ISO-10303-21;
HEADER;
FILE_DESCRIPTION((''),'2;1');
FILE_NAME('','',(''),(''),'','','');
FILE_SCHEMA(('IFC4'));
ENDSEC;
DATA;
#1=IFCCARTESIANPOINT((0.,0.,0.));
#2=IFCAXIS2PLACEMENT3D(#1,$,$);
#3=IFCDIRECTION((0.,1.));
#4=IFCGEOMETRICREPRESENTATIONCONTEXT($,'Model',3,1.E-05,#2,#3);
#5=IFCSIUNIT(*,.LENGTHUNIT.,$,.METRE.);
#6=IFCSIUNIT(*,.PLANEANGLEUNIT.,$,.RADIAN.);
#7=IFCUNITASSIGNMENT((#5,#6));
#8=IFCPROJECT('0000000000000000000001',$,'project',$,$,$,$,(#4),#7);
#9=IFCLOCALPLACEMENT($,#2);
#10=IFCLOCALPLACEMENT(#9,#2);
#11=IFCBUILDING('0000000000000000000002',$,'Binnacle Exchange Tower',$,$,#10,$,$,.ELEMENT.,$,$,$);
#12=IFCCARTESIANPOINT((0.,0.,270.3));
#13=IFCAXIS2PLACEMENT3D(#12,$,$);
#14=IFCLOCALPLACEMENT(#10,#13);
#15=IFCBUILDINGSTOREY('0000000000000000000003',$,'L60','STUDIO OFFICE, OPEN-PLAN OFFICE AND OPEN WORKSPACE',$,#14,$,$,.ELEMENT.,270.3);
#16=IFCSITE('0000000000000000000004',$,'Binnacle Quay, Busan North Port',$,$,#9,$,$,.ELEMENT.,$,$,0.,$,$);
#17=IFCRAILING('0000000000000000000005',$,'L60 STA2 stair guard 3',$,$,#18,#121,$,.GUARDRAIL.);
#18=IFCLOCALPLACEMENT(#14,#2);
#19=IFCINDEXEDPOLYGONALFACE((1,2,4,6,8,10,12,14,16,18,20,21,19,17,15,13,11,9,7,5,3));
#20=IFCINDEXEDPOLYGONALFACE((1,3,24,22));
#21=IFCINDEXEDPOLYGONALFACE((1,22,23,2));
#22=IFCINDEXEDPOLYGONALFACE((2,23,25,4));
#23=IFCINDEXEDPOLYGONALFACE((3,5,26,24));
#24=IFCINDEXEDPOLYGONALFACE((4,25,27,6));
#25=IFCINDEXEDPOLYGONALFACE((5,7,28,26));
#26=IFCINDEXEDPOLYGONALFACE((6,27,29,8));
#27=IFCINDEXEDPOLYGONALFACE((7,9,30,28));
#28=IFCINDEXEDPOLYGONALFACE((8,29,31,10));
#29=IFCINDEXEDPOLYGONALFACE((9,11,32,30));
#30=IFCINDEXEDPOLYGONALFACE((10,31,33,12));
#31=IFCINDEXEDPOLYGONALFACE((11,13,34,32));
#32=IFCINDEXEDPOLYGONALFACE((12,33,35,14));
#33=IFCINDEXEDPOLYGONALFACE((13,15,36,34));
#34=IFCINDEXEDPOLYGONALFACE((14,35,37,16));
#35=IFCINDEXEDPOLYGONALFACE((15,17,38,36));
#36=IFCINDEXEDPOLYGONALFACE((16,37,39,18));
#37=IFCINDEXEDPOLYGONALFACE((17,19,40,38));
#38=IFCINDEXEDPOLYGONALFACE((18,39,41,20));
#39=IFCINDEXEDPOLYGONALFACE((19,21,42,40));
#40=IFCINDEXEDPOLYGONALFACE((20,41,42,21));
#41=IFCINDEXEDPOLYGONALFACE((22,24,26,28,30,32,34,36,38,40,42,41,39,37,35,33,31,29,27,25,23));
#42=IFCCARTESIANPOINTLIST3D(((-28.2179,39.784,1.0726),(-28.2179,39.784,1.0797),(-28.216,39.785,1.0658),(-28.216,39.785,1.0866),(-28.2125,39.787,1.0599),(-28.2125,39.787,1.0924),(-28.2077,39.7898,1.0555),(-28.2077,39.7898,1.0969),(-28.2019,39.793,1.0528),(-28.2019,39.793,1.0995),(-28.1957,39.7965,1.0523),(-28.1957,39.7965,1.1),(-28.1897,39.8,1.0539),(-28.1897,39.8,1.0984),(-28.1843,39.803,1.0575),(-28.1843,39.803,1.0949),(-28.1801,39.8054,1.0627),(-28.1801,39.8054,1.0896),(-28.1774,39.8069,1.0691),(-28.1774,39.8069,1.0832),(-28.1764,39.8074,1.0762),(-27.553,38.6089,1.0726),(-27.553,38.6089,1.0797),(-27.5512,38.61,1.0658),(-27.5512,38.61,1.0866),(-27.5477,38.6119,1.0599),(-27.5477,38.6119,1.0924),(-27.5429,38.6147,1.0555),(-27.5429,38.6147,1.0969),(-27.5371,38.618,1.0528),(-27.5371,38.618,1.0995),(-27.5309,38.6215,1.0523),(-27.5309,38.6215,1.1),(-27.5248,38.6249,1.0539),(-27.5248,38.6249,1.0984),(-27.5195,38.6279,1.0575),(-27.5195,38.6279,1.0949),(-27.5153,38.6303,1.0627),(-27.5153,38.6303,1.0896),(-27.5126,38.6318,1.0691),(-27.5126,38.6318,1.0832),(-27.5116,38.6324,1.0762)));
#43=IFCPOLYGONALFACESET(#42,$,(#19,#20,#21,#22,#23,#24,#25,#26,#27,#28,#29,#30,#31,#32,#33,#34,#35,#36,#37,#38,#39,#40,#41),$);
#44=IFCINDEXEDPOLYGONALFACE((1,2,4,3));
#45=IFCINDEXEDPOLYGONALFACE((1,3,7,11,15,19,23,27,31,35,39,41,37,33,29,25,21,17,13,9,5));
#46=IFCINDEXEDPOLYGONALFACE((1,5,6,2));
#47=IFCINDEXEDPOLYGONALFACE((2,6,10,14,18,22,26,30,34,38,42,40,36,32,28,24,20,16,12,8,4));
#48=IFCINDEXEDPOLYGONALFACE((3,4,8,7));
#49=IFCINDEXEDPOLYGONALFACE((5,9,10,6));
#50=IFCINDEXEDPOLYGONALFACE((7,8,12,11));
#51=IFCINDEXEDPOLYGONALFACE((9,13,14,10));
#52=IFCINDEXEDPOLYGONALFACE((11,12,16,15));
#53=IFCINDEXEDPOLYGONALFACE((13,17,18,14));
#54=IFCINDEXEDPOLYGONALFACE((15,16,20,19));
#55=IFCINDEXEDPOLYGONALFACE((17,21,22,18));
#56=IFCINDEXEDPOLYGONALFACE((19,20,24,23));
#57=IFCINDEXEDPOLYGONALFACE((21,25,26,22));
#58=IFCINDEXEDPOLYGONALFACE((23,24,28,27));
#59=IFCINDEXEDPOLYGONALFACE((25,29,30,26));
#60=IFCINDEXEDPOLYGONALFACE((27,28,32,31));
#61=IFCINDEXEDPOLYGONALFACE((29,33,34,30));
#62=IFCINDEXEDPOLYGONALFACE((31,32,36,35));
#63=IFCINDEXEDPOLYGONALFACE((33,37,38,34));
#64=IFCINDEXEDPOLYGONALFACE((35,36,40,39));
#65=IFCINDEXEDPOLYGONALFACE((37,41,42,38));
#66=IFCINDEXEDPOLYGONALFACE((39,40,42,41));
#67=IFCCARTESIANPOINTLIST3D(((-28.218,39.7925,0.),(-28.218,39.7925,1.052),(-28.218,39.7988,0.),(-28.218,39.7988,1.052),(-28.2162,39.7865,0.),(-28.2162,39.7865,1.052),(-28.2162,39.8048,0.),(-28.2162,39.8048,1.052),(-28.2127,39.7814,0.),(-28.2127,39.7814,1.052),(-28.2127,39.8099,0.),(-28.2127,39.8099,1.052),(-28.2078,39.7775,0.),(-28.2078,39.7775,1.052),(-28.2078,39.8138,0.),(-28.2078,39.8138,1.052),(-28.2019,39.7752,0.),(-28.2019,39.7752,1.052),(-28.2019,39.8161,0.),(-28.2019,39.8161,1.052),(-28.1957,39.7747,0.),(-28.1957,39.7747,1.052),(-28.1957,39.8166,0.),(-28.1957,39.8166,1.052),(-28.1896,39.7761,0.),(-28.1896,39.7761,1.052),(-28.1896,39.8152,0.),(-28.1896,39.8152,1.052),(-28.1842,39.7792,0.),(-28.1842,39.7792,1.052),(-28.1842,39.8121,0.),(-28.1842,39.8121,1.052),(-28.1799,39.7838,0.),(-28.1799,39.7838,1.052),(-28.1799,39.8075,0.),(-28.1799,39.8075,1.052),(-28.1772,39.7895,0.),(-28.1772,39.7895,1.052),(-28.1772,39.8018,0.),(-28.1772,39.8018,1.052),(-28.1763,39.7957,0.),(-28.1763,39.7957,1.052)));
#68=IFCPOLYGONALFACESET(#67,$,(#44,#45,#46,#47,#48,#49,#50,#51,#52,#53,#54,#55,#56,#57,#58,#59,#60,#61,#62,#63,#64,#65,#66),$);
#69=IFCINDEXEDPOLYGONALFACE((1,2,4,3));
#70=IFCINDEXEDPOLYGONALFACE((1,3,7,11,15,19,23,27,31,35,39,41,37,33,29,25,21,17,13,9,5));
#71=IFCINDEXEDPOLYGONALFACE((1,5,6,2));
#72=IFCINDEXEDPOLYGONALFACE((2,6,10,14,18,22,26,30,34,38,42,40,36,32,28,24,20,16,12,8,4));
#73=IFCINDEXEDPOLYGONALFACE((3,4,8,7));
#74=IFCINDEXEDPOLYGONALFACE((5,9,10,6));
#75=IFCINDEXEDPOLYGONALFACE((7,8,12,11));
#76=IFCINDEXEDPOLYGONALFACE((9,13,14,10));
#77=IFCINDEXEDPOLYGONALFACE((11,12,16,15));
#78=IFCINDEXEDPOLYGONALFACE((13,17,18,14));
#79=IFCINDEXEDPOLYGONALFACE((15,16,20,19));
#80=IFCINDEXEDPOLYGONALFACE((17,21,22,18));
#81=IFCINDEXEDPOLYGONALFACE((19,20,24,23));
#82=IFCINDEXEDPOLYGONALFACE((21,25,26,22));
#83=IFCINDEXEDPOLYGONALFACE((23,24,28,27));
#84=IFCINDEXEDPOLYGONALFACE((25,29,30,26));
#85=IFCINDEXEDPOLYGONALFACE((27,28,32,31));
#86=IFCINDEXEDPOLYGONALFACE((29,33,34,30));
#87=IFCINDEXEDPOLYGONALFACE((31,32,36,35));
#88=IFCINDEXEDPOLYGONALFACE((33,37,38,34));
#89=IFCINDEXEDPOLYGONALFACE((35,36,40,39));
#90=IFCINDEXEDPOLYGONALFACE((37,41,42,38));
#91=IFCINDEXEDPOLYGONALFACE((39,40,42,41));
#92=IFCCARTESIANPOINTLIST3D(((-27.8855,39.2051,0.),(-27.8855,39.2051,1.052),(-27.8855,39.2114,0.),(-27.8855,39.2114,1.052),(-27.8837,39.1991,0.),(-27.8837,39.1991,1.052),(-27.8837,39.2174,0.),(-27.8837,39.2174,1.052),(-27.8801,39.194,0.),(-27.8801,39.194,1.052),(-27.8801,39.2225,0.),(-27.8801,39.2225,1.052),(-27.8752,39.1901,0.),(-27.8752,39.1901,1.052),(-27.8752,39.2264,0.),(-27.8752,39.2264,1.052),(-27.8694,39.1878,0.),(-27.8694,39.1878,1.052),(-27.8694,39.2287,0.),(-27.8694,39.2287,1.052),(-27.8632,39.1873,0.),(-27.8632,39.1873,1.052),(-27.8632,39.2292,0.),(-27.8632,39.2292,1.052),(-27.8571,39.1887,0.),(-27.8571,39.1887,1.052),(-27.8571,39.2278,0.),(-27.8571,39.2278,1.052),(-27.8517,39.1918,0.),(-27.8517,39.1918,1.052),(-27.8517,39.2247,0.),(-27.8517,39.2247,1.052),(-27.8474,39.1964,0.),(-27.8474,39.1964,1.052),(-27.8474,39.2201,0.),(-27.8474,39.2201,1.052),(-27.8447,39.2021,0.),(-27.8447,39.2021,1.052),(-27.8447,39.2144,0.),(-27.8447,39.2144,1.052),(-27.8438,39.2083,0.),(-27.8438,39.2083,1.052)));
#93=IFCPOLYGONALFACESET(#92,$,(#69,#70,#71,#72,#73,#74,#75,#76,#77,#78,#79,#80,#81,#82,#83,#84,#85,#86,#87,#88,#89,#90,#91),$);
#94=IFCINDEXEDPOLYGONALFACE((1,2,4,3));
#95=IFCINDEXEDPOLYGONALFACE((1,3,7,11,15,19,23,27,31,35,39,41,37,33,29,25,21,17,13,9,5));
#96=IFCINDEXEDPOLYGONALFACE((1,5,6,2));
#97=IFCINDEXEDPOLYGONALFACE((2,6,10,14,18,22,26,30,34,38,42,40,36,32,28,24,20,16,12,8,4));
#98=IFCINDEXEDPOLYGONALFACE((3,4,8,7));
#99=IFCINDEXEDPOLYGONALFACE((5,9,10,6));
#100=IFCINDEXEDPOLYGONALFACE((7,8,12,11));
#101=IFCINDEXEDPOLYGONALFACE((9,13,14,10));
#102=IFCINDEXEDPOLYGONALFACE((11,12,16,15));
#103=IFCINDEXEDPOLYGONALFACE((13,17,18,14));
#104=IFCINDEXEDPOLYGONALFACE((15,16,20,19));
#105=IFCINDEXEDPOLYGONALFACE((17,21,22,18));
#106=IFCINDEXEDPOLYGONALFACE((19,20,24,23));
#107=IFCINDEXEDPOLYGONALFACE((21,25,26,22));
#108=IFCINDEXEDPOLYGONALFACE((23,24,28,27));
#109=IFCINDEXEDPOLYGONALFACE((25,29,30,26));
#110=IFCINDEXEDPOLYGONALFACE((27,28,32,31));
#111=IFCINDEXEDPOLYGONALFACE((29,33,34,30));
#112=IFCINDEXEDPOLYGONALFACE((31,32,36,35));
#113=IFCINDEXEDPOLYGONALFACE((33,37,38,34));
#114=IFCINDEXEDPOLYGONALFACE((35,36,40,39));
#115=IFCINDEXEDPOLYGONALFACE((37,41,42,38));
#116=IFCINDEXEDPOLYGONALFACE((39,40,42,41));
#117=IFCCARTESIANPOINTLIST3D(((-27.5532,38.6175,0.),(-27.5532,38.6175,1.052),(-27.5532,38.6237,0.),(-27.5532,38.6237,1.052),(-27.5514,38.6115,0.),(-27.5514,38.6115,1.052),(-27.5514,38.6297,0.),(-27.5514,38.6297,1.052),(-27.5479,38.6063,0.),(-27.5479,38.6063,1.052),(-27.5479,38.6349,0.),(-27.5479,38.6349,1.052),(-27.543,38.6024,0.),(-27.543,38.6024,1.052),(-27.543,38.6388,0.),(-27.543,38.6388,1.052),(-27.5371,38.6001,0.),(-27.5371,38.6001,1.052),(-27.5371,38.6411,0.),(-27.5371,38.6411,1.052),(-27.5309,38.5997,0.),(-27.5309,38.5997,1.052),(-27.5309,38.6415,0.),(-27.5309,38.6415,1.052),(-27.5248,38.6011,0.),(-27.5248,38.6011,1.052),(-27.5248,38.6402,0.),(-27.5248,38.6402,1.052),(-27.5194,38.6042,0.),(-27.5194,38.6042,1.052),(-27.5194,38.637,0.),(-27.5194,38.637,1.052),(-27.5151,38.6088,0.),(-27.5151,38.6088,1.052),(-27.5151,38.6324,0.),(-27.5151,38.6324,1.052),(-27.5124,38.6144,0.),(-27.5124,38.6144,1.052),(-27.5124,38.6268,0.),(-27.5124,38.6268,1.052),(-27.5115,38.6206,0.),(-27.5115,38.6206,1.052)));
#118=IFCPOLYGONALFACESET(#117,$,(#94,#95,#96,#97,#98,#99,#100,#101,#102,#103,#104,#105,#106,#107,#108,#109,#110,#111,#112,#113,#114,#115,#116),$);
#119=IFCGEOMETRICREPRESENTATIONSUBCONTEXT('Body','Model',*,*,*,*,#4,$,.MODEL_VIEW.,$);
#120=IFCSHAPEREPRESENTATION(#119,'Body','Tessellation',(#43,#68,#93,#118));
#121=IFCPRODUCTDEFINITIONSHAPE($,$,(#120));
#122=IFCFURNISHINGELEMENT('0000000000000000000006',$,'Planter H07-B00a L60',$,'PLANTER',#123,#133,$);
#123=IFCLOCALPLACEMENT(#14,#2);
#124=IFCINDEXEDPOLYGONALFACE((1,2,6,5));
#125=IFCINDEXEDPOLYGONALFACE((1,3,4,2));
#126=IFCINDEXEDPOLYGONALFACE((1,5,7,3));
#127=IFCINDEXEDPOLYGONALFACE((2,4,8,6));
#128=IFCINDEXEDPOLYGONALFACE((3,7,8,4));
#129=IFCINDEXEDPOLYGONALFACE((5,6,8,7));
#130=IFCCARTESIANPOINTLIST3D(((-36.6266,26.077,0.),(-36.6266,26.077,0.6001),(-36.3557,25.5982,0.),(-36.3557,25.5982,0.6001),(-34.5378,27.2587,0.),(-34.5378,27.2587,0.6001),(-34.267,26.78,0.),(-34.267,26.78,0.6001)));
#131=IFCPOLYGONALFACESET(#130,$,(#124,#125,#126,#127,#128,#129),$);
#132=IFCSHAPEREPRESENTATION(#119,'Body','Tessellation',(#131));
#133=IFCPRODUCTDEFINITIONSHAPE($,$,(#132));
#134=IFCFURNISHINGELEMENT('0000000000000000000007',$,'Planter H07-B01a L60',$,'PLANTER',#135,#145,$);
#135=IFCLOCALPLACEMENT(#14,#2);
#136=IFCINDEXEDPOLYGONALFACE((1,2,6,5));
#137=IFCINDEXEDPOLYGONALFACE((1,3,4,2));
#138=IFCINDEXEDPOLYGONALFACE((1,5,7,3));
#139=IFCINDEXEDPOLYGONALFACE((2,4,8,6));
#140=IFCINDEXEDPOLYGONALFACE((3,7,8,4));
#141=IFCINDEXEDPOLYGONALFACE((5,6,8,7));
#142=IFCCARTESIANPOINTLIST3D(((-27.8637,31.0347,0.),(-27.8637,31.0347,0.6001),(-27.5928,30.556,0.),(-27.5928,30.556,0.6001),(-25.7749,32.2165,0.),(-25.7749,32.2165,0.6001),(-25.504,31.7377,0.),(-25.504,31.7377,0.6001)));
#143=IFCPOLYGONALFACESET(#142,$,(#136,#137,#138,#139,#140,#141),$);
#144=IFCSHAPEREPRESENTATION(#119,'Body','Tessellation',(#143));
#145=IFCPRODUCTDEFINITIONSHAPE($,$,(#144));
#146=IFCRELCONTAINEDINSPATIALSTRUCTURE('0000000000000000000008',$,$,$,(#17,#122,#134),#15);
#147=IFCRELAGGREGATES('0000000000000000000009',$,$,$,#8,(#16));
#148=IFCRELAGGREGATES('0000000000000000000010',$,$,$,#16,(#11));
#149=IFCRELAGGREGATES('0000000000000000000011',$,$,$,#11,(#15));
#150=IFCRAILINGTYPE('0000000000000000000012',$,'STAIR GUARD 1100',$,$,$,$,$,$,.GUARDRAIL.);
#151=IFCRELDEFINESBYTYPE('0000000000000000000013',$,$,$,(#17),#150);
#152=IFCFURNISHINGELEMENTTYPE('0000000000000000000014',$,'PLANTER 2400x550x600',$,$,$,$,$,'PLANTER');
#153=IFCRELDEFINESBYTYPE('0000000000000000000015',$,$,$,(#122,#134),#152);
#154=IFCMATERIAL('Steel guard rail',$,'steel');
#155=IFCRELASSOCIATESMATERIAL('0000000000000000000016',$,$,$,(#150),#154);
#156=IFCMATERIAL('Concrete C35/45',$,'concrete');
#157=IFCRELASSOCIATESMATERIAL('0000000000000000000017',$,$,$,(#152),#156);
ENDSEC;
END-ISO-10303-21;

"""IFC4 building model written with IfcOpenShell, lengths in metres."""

from ifc_helpers import new_model, si_unit, direction, frame, origin, origin_2d, place, context, subcontext, project, spatial, rectangle, circle, extrude, material, type_object, element, save


model = new_model("IFC4")

# Units and contexts
model_context = context("Model", 3, precision=1e-05, world=origin(), true_north=direction((0.0, 1.0)))
body_context = subcontext(model_context, "Body", "Model", "MODEL_VIEW")
ifc_project = project(units=[si_unit("LENGTHUNIT", "METRE"), si_unit("PLANEANGLEUNIT", "RADIAN")], contexts=[model_context])

# Site, building, storey
site_placement = place(None, origin())
site = spatial("IfcSite", under=ifc_project, at=site_placement, Name="Binnacle Quay, Busan North Port", CompositionType="ELEMENT", RefElevation=0.0)
building_placement = place(site_placement, origin())
building = spatial("IfcBuilding", under=site, at=building_placement, Name="Binnacle Exchange Tower", CompositionType="ELEMENT")
storey_placement = place(building_placement, frame((0.0, 0.0, 270.3)))
storey = spatial("IfcBuildingStorey", under=building, at=storey_placement, Name="L60", Description="STUDIO OFFICE, OPEN-PLAN OFFICE AND OPEN WORKSPACE", CompositionType="ELEMENT", Elevation=270.3)

# Shared definitions
ifc_material_1 = material(Name="Concrete C35/45", Category="concrete")

# Railing
ifc_material_2 = material(Name="Steel guard rail", Category="steel")
railing_type_1 = type_object("IfcRailingType", Name="STAIR GUARD 1100", PredefinedType="GUARDRAIL", material=ifc_material_2)
railing_1_placement = place(storey_placement, frame((-28.1973, 39.7957, 0.0)))
element("IfcRailing", 1, at=railing_1_placement, inside=storey, type_object=railing_type_1, Name="L60 STA2 stair guard 3", PredefinedType="GUARDRAIL", context=body_context, shape_type="SweptSolid", body=[
    extrude(circle(Radius=0.0239, at=origin_2d()), frame((0.0, 0.0, 1.0762), z_axis=(0.492415, -0.870361, 0.0), x_axis=(0.870361, 0.492415, 0.0)), (0.0, 0.0, 1.0), 1.3501),
    extrude(circle(Radius=0.021, at=origin_2d()), origin(), (0.0, 0.0, 1.0), 1.052),
    extrude(circle(Radius=0.021, at=origin_2d()), frame((0.3325, -0.5874, 0.0)), (0.0, 0.0, 1.0), 1.052),
    extrude(circle(Radius=0.021, at=origin_2d()), frame((0.6648, -1.175, 0.0)), (0.0, 0.0, 1.0), 1.052),
])

# Furnishing elements
furnishing_element_type = type_object("IfcFurnishingElementType", Name="PLANTER 2400x550x600", ElementType="PLANTER", material=ifc_material_1)
for number, where, z_axis, x_axis, name in (
    (2, (-35.4468, 26.4285, 0.0), (0.0, 0.0, 1.0), (0.870356, 0.492424, 0.0), "Planter H07-B00a L60"),
    (3, (-26.6838, 31.3862, 0.0), (0.0, 0.0, 1.0), (0.870356, 0.492424, 0.0), "Planter H07-B01a L60"),
):
    element("IfcFurnishingElement", number, at=place(storey_placement, frame(where, z_axis=z_axis, x_axis=x_axis)), inside=storey, type_object=furnishing_element_type, Name=name, ObjectType="PLANTER", context=body_context, shape_type="SweptSolid", body=[
        extrude(rectangle(XDim=2.3999, YDim=0.55, at=origin_2d()), origin(), (0.0, 0.0, 1.0), 0.6001),
    ])

save(model, "model.ifc")
